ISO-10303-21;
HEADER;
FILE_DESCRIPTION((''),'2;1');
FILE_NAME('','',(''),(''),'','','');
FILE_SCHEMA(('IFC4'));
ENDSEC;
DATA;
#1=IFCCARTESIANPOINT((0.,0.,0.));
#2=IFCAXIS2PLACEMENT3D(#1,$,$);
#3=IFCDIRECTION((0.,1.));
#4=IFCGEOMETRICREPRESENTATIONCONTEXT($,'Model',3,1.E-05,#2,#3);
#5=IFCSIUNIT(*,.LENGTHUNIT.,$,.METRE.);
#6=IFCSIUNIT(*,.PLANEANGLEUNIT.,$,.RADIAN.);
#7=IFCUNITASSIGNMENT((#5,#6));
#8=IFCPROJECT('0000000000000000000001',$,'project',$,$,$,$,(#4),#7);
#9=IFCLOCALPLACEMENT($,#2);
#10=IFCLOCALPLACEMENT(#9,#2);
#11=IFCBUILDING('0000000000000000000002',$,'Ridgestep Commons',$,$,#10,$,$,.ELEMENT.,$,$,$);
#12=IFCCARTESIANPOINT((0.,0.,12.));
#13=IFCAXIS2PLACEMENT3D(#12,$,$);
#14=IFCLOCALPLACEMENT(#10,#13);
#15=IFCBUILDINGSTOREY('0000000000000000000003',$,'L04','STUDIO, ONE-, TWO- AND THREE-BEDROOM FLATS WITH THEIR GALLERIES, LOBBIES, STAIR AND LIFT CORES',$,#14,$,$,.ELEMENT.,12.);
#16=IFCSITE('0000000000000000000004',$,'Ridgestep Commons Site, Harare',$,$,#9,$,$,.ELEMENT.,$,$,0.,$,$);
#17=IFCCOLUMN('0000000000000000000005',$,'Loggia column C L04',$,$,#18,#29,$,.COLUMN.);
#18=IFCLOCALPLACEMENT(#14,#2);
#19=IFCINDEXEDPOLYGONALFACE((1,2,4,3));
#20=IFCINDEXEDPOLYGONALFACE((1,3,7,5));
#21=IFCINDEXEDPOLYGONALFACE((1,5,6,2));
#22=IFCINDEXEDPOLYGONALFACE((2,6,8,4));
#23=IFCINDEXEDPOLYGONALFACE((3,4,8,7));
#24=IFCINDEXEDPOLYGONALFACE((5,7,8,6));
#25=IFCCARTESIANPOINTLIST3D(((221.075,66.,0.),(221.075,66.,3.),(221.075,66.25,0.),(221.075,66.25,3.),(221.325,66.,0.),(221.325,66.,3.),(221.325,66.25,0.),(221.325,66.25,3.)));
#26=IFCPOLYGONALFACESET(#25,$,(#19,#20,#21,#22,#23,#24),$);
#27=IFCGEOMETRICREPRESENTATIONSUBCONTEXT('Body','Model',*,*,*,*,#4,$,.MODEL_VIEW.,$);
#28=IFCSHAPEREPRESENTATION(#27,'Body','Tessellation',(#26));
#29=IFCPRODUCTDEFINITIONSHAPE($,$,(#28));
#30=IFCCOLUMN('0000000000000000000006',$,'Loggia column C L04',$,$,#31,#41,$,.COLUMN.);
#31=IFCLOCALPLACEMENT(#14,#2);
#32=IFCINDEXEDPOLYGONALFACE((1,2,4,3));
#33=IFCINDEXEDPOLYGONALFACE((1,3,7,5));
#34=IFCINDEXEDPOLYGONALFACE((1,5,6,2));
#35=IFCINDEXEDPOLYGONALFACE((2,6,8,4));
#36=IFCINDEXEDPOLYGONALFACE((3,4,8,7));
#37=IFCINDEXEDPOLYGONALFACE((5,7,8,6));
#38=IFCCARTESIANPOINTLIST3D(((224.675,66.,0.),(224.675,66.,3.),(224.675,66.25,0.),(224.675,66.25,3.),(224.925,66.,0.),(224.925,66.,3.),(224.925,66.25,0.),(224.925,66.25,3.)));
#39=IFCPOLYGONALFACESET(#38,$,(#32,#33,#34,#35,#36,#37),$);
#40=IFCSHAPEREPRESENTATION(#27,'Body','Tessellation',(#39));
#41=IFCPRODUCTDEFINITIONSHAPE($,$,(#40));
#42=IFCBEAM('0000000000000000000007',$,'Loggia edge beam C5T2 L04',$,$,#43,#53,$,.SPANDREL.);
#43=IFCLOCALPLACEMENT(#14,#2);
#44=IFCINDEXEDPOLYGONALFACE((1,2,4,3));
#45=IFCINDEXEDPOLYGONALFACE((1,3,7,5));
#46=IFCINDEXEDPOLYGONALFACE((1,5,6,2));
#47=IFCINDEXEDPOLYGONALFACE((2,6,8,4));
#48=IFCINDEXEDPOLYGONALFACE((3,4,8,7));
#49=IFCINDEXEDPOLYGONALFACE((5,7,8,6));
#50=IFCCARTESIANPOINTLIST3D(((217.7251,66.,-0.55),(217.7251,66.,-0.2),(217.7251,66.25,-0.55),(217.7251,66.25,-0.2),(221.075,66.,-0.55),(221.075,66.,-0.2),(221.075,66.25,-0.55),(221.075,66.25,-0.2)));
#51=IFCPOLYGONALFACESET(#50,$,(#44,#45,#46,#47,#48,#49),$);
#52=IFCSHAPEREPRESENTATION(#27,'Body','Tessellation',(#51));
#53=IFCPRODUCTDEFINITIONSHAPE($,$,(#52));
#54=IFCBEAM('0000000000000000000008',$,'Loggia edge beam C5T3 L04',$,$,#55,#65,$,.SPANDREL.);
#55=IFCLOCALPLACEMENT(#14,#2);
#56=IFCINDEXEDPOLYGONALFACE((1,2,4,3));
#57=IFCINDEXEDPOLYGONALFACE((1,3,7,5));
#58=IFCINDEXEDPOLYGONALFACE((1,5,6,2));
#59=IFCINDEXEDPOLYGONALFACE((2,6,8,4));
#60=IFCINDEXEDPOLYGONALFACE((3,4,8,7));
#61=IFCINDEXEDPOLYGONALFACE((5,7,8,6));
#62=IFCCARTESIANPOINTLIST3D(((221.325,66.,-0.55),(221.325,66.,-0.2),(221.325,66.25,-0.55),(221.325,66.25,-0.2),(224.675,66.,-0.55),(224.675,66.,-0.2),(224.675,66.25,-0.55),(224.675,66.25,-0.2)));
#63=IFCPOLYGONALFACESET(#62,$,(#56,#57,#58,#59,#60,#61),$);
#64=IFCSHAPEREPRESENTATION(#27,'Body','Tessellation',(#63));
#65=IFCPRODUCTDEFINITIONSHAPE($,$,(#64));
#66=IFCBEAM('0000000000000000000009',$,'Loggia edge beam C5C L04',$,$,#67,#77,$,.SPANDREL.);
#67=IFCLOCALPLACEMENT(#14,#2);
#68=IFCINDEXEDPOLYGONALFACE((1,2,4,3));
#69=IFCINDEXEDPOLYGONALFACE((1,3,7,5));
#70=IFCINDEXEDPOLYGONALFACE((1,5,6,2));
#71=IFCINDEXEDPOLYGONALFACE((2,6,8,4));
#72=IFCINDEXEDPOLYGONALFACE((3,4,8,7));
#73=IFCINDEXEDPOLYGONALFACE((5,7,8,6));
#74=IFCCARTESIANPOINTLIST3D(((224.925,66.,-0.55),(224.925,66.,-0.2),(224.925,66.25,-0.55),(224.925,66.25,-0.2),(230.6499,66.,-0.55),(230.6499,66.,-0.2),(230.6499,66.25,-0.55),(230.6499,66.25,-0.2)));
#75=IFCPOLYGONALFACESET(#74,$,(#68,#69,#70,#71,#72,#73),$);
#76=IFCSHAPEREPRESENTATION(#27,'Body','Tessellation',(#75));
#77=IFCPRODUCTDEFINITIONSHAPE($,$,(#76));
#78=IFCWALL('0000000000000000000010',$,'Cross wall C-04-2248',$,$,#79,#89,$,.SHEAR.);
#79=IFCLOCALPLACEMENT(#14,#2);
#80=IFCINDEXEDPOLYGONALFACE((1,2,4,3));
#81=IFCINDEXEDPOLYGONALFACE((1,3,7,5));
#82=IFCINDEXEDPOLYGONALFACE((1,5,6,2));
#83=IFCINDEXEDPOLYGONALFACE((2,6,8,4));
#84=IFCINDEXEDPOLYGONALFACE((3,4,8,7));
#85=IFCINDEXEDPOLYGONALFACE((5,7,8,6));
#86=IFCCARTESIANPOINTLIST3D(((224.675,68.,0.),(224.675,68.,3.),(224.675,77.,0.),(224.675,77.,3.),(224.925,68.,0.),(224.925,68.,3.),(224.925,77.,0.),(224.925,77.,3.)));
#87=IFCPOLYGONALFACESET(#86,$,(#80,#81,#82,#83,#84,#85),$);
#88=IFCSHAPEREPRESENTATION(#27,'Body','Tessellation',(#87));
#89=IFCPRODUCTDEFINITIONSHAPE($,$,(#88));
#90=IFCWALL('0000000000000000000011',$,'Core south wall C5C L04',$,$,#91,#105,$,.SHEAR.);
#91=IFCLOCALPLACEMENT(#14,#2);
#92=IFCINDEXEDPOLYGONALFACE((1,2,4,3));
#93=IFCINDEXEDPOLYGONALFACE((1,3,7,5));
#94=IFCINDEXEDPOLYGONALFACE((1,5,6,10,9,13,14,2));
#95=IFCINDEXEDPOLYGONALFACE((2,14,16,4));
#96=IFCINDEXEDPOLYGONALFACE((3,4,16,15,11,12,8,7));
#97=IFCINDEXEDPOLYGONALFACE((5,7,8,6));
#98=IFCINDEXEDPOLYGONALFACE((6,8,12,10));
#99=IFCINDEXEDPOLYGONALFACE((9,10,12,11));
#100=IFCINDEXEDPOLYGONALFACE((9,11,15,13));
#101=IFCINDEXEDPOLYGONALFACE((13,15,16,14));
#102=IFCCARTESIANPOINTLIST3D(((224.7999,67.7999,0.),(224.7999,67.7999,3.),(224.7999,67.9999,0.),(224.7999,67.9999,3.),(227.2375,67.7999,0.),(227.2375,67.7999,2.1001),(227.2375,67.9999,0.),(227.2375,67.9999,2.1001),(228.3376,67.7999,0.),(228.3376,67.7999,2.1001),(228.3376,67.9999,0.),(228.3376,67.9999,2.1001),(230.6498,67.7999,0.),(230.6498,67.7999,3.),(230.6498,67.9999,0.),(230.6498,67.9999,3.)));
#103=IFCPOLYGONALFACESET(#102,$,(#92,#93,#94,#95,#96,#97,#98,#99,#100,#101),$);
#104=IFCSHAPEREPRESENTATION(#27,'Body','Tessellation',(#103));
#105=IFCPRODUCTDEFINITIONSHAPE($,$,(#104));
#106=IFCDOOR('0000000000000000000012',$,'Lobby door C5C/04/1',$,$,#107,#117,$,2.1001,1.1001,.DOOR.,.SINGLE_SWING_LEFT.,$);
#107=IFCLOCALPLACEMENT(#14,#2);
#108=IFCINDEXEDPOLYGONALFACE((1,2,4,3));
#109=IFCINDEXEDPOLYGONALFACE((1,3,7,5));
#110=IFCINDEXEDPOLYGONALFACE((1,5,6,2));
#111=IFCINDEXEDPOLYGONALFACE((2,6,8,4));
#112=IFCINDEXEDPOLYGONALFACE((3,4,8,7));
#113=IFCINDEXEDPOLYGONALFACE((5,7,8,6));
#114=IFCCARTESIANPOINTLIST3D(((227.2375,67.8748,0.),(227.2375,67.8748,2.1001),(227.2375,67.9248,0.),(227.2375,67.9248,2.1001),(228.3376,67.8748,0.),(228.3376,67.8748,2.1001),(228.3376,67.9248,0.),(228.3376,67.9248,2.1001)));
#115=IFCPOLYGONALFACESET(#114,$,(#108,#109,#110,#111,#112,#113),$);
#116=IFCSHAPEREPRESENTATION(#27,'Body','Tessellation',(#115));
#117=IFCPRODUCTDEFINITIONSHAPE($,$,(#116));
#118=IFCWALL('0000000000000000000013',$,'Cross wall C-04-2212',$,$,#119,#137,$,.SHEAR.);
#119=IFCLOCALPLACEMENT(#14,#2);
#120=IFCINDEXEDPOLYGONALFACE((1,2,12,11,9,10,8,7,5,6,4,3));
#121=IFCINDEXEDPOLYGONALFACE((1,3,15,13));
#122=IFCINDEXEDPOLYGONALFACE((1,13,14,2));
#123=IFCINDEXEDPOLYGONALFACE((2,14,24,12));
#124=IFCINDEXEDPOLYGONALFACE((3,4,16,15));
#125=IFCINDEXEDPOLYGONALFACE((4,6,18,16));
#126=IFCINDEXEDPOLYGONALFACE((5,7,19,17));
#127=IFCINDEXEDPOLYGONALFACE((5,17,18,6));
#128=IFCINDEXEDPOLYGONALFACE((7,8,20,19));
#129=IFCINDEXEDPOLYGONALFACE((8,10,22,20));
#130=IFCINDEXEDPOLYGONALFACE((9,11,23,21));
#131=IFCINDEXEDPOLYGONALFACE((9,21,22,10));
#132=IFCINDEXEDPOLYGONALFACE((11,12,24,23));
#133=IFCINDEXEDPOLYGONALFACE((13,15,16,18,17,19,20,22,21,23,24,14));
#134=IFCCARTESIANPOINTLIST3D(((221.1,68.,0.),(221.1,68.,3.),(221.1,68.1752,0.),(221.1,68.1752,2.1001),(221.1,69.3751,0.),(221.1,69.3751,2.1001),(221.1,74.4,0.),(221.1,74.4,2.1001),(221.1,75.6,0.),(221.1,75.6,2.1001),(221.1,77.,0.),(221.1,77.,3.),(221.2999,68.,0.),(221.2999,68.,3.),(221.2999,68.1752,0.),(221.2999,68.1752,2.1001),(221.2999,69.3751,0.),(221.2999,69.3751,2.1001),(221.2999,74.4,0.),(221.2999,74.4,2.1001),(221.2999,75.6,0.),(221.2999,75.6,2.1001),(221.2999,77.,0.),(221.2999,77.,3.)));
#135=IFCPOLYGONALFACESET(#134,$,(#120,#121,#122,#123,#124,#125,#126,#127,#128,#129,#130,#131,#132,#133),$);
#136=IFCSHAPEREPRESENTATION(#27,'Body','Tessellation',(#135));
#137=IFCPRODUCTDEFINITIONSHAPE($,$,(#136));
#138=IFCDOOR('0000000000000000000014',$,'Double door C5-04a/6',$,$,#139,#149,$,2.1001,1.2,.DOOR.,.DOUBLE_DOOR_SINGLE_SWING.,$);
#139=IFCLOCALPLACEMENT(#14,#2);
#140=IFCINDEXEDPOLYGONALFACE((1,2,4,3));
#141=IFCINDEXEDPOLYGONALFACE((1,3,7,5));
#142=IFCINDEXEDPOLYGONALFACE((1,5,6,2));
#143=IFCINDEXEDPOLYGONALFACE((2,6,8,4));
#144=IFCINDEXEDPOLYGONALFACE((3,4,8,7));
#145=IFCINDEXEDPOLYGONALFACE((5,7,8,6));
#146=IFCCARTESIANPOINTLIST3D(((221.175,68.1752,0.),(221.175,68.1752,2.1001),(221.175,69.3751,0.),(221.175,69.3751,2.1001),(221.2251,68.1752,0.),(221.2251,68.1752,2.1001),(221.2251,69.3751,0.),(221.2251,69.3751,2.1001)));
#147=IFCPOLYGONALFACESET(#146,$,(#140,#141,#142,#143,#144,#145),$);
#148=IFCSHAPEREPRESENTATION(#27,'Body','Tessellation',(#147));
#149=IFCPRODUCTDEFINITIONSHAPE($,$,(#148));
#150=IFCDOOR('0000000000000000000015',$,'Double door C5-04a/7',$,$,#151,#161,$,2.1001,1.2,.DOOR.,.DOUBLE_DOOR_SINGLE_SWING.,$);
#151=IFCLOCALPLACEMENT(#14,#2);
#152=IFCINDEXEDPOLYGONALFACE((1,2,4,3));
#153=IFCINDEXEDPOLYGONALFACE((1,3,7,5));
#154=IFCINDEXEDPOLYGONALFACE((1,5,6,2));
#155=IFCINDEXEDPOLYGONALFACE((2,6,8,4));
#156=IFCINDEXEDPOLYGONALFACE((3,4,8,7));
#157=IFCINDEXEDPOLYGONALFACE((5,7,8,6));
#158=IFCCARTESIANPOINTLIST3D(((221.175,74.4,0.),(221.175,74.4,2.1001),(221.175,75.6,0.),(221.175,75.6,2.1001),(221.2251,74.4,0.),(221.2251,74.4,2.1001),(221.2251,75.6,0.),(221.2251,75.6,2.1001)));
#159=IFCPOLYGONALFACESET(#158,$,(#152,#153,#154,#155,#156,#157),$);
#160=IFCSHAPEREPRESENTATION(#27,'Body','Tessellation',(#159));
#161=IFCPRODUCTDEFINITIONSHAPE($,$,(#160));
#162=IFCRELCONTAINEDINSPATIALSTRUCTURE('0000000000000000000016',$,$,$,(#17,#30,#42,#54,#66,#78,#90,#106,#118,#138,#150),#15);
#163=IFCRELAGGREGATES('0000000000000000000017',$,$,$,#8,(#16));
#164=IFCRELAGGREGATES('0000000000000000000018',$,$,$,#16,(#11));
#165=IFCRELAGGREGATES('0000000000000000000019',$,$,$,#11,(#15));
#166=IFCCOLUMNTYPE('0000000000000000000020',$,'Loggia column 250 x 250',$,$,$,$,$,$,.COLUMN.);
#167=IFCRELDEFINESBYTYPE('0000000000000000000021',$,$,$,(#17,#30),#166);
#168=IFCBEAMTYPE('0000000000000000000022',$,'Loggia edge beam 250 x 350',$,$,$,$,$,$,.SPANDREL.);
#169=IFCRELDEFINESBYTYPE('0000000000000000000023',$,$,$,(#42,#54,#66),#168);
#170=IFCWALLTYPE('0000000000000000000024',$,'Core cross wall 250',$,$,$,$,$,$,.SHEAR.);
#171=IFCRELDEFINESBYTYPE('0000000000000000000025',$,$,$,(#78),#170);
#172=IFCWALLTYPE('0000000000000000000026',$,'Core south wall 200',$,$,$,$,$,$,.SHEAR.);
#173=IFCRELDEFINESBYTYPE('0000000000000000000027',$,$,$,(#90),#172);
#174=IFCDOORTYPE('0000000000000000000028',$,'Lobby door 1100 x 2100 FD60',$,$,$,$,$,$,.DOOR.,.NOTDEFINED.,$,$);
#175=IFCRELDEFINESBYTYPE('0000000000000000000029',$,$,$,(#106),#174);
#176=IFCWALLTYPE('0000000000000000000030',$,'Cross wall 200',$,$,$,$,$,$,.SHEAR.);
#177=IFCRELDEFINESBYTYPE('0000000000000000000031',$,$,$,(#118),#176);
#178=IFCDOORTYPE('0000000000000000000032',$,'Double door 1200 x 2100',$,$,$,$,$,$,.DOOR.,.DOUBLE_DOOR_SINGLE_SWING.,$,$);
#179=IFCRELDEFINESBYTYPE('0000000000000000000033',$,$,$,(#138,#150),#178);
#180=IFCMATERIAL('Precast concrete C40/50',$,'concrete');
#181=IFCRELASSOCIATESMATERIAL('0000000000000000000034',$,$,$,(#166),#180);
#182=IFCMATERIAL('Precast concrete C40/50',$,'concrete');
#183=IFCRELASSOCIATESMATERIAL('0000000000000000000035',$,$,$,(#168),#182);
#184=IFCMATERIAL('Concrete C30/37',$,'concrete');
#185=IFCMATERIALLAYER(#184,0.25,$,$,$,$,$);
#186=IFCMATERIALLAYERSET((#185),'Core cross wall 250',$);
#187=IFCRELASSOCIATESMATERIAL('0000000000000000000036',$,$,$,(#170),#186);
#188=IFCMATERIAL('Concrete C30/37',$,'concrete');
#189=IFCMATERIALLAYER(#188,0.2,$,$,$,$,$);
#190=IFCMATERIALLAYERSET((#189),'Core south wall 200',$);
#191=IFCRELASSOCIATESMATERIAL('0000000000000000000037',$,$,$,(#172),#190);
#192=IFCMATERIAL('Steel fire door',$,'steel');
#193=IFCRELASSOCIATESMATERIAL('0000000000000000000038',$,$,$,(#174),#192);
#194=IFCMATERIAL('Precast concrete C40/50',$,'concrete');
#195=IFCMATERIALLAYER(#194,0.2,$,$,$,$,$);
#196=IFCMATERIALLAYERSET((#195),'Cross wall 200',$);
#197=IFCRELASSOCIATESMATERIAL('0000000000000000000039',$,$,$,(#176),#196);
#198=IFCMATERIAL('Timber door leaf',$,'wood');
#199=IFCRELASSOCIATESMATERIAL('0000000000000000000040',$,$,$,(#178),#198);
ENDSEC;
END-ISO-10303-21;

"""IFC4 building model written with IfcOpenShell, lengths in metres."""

from ifc_helpers import new_model, si_unit, direction, frame, frame_2d, origin, origin_2d, place, context, subcontext, project, spatial, rectangle, extrude, material, layer, layer_set, material_profile, profile_set, type_object, element, fill, save


model = new_model("IFC4")

# Units and contexts
model_context = context("Model", 3, precision=1e-05, world=origin(), true_north=direction((0.0, 1.0)))
body_context = subcontext(model_context, "Body", "Model", "MODEL_VIEW")
ifc_project = project(units=[si_unit("LENGTHUNIT", "METRE"), si_unit("PLANEANGLEUNIT", "RADIAN")], contexts=[model_context])

# Site, building, storey
site_placement = place(None, origin())
site = spatial("IfcSite", under=ifc_project, at=site_placement, Name="Ridgestep Commons Site, Harare", CompositionType="ELEMENT", RefElevation=0.0)
building_placement = place(site_placement, origin())
building = spatial("IfcBuilding", under=site, at=building_placement, Name="Ridgestep Commons", CompositionType="ELEMENT")
storey_placement = place(building_placement, frame((0.0, 0.0, 12.0)))
storey = spatial("IfcBuildingStorey", under=building, at=storey_placement, Name="L04", Description="STUDIO, ONE-, TWO- AND THREE-BEDROOM FLATS WITH THEIR GALLERIES, LOBBIES, STAIR AND LIFT CORES", CompositionType="ELEMENT", Elevation=12.0)

# Columns
ifc_material_1 = material(Name="Precast concrete C40/50", Category="concrete")
ifc_material_profile_1 = material_profile(ifc_material_1, rectangle(XDim=0.25, YDim=0.25, at=origin_2d()), Name="PC 250x250")
ifc_profile_set_1 = profile_set([ifc_material_profile_1], Name="Precast concrete C40/50")
column_type = type_object("IfcColumnType", Name="Loggia column 250 x 250", PredefinedType="COLUMN", material=ifc_profile_set_1)
for number, where, z_axis, x_axis, name in (
    (1, (221.2, 66.125, 0.0), (0.0, 0.0, 1.0), (1.0, 0.0, 0.0), "Loggia column C L04"),
    (2, (224.8, 66.125, 0.0), (0.0, 0.0, 1.0), (1.0, 0.0, 0.0), "Loggia column C L04"),
):
    element("IfcColumn", number, at=place(storey_placement, frame(where, z_axis=z_axis, x_axis=x_axis)), inside=storey, type_object=column_type, Name=name, PredefinedType="COLUMN", context=body_context, shape_type="SweptSolid", body=[
        extrude(rectangle(XDim=0.25, YDim=0.25, at=origin_2d()), origin(), (0.0, 0.0, 1.0), 3.0),
    ])

# Beams
ifc_material_2 = material(Name="Precast concrete C40/50", Category="concrete")
ifc_material_profile_2 = material_profile(ifc_material_2, rectangle(XDim=0.25, YDim=0.3501, at=origin_2d()), Name="PC 250x350")
ifc_profile_set_2 = profile_set([ifc_material_profile_2], Name="Precast concrete C40/50")
beam_type = type_object("IfcBeamType", Name="Loggia edge beam 250 x 350", PredefinedType="SPANDREL", material=ifc_profile_set_2)
beam_1_placement = place(storey_placement, frame((217.7251, 66.125, -0.375), z_axis=(1.0, 0.0, 0.0), x_axis=(0.0, 1.0, 0.0)))
element("IfcBeam", 3, at=beam_1_placement, inside=storey, type_object=beam_type, Name="Loggia edge beam C5T2 L04", PredefinedType="SPANDREL", context=body_context, shape_type="SweptSolid", body=[
    extrude(rectangle(XDim=0.25, YDim=0.3501, at=origin_2d()), origin(), (0.0, 0.0, 1.0), 3.3499),
])
beam_2_placement = place(storey_placement, frame((221.325, 66.125, -0.375), z_axis=(1.0, 0.0, 0.0), x_axis=(0.0, 1.0, 0.0)))
element("IfcBeam", 4, at=beam_2_placement, inside=storey, type_object=beam_type, Name="Loggia edge beam C5T3 L04", PredefinedType="SPANDREL", context=body_context, shape_type="SweptSolid", body=[
    extrude(rectangle(XDim=0.25, YDim=0.3501, at=origin_2d()), origin(), (0.0, 0.0, 1.0), 3.3501),
])
beam_3_placement = place(storey_placement, frame((224.925, 66.125, -0.375), z_axis=(1.0, 0.0, 0.0), x_axis=(0.0, 1.0, 0.0)))
element("IfcBeam", 5, at=beam_3_placement, inside=storey, type_object=beam_type, Name="Loggia edge beam C5C L04", PredefinedType="SPANDREL", context=body_context, shape_type="SweptSolid", body=[
    extrude(rectangle(XDim=0.25, YDim=0.3501, at=origin_2d()), origin(), (0.0, 0.0, 1.0), 5.7249),
])

# Wall
ifc_material_3 = material(Name="Concrete C30/37", Category="concrete")
ifc_layer_1 = layer(ifc_material_3, 0.25)
ifc_layer_set_1 = layer_set([ifc_layer_1], Name="Core cross wall 250")
wall_type_1 = type_object("IfcWallType", Name="Core cross wall 250", PredefinedType="SHEAR", material=ifc_layer_set_1)
wall_1_placement = place(storey_placement, frame((224.8, 68.0, 0.0), z_axis=(0.0, 0.0, 1.0), x_axis=(0.0, 1.0, 0.0)))
element("IfcWall", 6, at=wall_1_placement, inside=storey, type_object=wall_type_1, Name="Cross wall C-04-2248", PredefinedType="SHEAR", context=body_context, shape_type="SweptSolid", body=[
    extrude(rectangle(XDim=9.0, YDim=0.25, at=frame_2d((4.5, 0.0))), origin(), (0.0, 0.0, 1.0), 3.0),
])

# Wall, opening, door
ifc_material_4 = material(Name="Concrete C30/37", Category="concrete")
ifc_layer_2 = layer(ifc_material_4, 0.2)
ifc_layer_set_2 = layer_set([ifc_layer_2], Name="Core south wall 200")
wall_type_2 = type_object("IfcWallType", Name="Core south wall 200", PredefinedType="SHEAR", material=ifc_layer_set_2)
wall_2_placement = place(storey_placement, frame((224.8, 67.8999, 0.0), z_axis=(0.0, 0.0, 1.0), x_axis=(1.0, 0.0, 0.0)))
wall_2 = element("IfcWall", 7, at=wall_2_placement, inside=storey, type_object=wall_type_2, Name="Core south wall C5C L04", PredefinedType="SHEAR", context=body_context, shape_type="SweptSolid", body=[
    extrude(rectangle(XDim=5.8499, YDim=0.2, at=frame_2d((2.9248, 0.0))), origin(), (0.0, 0.0, 1.0), 3.0),
])
opening_1_placement = place(wall_2_placement, frame((2.4375, 0.0, 0.0)))
opening_1 = element("IfcOpeningElement", 8, at=opening_1_placement, cuts=wall_2, PredefinedType="OPENING", context=body_context, shape_type="SweptSolid", body=[
    extrude(rectangle(XDim=1.1001, YDim=2.1001, at=frame_2d((0.55, 1.05))), frame((0.0, 0.1099, 0.0), z_axis=(0.0, -1.0, 0.0), x_axis=(1.0, 0.0, 0.0)), (0.0, 0.0, 1.0), 0.22),
])
ifc_material_5 = material(Name="Steel fire door", Category="steel")
door_type_1 = type_object("IfcDoorType", Name="Lobby door 1100 x 2100 FD60", OperationType="NOTDEFINED", PredefinedType="DOOR", material=ifc_material_5)
door_1_placement = place(opening_1_placement, origin())
door_1 = element("IfcDoor", 9, at=door_1_placement, inside=storey, type_object=door_type_1, Name="Lobby door C5C/04/1", OperationType="SINGLE_SWING_LEFT", OverallHeight=2.1001, OverallWidth=1.1001, PredefinedType="DOOR", context=body_context, shape_type="SweptSolid", body=[
    extrude(rectangle(XDim=1.1001, YDim=2.1001, at=frame_2d((0.55, 1.05))), frame((0.0, 0.0249, 0.0), z_axis=(0.0, -1.0, 0.0), x_axis=(1.0, 0.0, 0.0)), (0.0, 0.0, 1.0), 0.05),
])
fill(opening_1, door_1)

# Wall, openings, doors
ifc_material_6 = material(Name="Precast concrete C40/50", Category="concrete")
ifc_layer_3 = layer(ifc_material_6, 0.2)
ifc_layer_set_3 = layer_set([ifc_layer_3], Name="Cross wall 200")
wall_type_3 = type_object("IfcWallType", Name="Cross wall 200", PredefinedType="SHEAR", material=ifc_layer_set_3)
wall_3_placement = place(storey_placement, frame((221.2, 68.0, 0.0), z_axis=(0.0, 0.0, 1.0), x_axis=(0.0, 1.0, 0.0)))
wall_3 = element("IfcWall", 10, at=wall_3_placement, inside=storey, type_object=wall_type_3, Name="Cross wall C-04-2212", PredefinedType="SHEAR", context=body_context, shape_type="SweptSolid", body=[
    extrude(rectangle(XDim=9.0, YDim=0.2, at=frame_2d((4.5, 0.0))), origin(), (0.0, 0.0, 1.0), 3.0),
])
opening_2_placement = place(wall_3_placement, frame((0.175, 0.0, 0.0)))
opening_2 = element("IfcOpeningElement", 11, at=opening_2_placement, cuts=wall_3, PredefinedType="OPENING", context=body_context, shape_type="SweptSolid", body=[
    extrude(rectangle(XDim=1.2, YDim=2.1001, at=frame_2d((0.6001, 1.05))), frame((0.0, 0.1099, 0.0), z_axis=(0.0, -1.0, 0.0), x_axis=(1.0, 0.0, 0.0)), (0.0, 0.0, 1.0), 0.22),
])
opening_3_placement = place(wall_3_placement, frame((6.3999, 0.0, 0.0)))
opening_3 = element("IfcOpeningElement", 12, at=opening_3_placement, cuts=wall_3, PredefinedType="OPENING", context=body_context, shape_type="SweptSolid", body=[
    extrude(rectangle(XDim=1.2, YDim=2.1001, at=frame_2d((0.6001, 1.05))), frame((0.0, 0.1099, 0.0), z_axis=(0.0, -1.0, 0.0), x_axis=(1.0, 0.0, 0.0)), (0.0, 0.0, 1.0), 0.22),
])
ifc_material_7 = material(Name="Timber door leaf", Category="wood")
door_type_2 = type_object("IfcDoorType", Name="Double door 1200 x 2100", OperationType="DOUBLE_DOOR_SINGLE_SWING", PredefinedType="DOOR", material=ifc_material_7)
door_2_placement = place(opening_2_placement, origin())
door_2 = element("IfcDoor", 13, at=door_2_placement, inside=storey, type_object=door_type_2, Name="Double door C5-04a/6", OperationType="DOUBLE_DOOR_SINGLE_SWING", OverallHeight=2.1001, OverallWidth=1.2, PredefinedType="DOOR", context=body_context, shape_type="SweptSolid", body=[
    extrude(rectangle(XDim=1.2, YDim=2.1001, at=frame_2d((0.6001, 1.05))), frame((0.0, 0.0249, 0.0), z_axis=(0.0, -1.0, 0.0), x_axis=(1.0, 0.0, 0.0)), (0.0, 0.0, 1.0), 0.05),
])
fill(opening_2, door_2)
door_3_placement = place(opening_3_placement, origin())
door_3 = element("IfcDoor", 14, at=door_3_placement, inside=storey, type_object=door_type_2, Name="Double door C5-04a/7", OperationType="DOUBLE_DOOR_SINGLE_SWING", OverallHeight=2.1001, OverallWidth=1.2, PredefinedType="DOOR", context=body_context, shape_type="SweptSolid", body=[
    extrude(rectangle(XDim=1.2, YDim=2.1001, at=frame_2d((0.6001, 1.05))), frame((0.0, 0.0249, 0.0), z_axis=(0.0, -1.0, 0.0), x_axis=(1.0, 0.0, 0.0)), (0.0, 0.0, 1.0), 0.05),
])
fill(opening_3, door_3)

save(model, "model.ifc")
